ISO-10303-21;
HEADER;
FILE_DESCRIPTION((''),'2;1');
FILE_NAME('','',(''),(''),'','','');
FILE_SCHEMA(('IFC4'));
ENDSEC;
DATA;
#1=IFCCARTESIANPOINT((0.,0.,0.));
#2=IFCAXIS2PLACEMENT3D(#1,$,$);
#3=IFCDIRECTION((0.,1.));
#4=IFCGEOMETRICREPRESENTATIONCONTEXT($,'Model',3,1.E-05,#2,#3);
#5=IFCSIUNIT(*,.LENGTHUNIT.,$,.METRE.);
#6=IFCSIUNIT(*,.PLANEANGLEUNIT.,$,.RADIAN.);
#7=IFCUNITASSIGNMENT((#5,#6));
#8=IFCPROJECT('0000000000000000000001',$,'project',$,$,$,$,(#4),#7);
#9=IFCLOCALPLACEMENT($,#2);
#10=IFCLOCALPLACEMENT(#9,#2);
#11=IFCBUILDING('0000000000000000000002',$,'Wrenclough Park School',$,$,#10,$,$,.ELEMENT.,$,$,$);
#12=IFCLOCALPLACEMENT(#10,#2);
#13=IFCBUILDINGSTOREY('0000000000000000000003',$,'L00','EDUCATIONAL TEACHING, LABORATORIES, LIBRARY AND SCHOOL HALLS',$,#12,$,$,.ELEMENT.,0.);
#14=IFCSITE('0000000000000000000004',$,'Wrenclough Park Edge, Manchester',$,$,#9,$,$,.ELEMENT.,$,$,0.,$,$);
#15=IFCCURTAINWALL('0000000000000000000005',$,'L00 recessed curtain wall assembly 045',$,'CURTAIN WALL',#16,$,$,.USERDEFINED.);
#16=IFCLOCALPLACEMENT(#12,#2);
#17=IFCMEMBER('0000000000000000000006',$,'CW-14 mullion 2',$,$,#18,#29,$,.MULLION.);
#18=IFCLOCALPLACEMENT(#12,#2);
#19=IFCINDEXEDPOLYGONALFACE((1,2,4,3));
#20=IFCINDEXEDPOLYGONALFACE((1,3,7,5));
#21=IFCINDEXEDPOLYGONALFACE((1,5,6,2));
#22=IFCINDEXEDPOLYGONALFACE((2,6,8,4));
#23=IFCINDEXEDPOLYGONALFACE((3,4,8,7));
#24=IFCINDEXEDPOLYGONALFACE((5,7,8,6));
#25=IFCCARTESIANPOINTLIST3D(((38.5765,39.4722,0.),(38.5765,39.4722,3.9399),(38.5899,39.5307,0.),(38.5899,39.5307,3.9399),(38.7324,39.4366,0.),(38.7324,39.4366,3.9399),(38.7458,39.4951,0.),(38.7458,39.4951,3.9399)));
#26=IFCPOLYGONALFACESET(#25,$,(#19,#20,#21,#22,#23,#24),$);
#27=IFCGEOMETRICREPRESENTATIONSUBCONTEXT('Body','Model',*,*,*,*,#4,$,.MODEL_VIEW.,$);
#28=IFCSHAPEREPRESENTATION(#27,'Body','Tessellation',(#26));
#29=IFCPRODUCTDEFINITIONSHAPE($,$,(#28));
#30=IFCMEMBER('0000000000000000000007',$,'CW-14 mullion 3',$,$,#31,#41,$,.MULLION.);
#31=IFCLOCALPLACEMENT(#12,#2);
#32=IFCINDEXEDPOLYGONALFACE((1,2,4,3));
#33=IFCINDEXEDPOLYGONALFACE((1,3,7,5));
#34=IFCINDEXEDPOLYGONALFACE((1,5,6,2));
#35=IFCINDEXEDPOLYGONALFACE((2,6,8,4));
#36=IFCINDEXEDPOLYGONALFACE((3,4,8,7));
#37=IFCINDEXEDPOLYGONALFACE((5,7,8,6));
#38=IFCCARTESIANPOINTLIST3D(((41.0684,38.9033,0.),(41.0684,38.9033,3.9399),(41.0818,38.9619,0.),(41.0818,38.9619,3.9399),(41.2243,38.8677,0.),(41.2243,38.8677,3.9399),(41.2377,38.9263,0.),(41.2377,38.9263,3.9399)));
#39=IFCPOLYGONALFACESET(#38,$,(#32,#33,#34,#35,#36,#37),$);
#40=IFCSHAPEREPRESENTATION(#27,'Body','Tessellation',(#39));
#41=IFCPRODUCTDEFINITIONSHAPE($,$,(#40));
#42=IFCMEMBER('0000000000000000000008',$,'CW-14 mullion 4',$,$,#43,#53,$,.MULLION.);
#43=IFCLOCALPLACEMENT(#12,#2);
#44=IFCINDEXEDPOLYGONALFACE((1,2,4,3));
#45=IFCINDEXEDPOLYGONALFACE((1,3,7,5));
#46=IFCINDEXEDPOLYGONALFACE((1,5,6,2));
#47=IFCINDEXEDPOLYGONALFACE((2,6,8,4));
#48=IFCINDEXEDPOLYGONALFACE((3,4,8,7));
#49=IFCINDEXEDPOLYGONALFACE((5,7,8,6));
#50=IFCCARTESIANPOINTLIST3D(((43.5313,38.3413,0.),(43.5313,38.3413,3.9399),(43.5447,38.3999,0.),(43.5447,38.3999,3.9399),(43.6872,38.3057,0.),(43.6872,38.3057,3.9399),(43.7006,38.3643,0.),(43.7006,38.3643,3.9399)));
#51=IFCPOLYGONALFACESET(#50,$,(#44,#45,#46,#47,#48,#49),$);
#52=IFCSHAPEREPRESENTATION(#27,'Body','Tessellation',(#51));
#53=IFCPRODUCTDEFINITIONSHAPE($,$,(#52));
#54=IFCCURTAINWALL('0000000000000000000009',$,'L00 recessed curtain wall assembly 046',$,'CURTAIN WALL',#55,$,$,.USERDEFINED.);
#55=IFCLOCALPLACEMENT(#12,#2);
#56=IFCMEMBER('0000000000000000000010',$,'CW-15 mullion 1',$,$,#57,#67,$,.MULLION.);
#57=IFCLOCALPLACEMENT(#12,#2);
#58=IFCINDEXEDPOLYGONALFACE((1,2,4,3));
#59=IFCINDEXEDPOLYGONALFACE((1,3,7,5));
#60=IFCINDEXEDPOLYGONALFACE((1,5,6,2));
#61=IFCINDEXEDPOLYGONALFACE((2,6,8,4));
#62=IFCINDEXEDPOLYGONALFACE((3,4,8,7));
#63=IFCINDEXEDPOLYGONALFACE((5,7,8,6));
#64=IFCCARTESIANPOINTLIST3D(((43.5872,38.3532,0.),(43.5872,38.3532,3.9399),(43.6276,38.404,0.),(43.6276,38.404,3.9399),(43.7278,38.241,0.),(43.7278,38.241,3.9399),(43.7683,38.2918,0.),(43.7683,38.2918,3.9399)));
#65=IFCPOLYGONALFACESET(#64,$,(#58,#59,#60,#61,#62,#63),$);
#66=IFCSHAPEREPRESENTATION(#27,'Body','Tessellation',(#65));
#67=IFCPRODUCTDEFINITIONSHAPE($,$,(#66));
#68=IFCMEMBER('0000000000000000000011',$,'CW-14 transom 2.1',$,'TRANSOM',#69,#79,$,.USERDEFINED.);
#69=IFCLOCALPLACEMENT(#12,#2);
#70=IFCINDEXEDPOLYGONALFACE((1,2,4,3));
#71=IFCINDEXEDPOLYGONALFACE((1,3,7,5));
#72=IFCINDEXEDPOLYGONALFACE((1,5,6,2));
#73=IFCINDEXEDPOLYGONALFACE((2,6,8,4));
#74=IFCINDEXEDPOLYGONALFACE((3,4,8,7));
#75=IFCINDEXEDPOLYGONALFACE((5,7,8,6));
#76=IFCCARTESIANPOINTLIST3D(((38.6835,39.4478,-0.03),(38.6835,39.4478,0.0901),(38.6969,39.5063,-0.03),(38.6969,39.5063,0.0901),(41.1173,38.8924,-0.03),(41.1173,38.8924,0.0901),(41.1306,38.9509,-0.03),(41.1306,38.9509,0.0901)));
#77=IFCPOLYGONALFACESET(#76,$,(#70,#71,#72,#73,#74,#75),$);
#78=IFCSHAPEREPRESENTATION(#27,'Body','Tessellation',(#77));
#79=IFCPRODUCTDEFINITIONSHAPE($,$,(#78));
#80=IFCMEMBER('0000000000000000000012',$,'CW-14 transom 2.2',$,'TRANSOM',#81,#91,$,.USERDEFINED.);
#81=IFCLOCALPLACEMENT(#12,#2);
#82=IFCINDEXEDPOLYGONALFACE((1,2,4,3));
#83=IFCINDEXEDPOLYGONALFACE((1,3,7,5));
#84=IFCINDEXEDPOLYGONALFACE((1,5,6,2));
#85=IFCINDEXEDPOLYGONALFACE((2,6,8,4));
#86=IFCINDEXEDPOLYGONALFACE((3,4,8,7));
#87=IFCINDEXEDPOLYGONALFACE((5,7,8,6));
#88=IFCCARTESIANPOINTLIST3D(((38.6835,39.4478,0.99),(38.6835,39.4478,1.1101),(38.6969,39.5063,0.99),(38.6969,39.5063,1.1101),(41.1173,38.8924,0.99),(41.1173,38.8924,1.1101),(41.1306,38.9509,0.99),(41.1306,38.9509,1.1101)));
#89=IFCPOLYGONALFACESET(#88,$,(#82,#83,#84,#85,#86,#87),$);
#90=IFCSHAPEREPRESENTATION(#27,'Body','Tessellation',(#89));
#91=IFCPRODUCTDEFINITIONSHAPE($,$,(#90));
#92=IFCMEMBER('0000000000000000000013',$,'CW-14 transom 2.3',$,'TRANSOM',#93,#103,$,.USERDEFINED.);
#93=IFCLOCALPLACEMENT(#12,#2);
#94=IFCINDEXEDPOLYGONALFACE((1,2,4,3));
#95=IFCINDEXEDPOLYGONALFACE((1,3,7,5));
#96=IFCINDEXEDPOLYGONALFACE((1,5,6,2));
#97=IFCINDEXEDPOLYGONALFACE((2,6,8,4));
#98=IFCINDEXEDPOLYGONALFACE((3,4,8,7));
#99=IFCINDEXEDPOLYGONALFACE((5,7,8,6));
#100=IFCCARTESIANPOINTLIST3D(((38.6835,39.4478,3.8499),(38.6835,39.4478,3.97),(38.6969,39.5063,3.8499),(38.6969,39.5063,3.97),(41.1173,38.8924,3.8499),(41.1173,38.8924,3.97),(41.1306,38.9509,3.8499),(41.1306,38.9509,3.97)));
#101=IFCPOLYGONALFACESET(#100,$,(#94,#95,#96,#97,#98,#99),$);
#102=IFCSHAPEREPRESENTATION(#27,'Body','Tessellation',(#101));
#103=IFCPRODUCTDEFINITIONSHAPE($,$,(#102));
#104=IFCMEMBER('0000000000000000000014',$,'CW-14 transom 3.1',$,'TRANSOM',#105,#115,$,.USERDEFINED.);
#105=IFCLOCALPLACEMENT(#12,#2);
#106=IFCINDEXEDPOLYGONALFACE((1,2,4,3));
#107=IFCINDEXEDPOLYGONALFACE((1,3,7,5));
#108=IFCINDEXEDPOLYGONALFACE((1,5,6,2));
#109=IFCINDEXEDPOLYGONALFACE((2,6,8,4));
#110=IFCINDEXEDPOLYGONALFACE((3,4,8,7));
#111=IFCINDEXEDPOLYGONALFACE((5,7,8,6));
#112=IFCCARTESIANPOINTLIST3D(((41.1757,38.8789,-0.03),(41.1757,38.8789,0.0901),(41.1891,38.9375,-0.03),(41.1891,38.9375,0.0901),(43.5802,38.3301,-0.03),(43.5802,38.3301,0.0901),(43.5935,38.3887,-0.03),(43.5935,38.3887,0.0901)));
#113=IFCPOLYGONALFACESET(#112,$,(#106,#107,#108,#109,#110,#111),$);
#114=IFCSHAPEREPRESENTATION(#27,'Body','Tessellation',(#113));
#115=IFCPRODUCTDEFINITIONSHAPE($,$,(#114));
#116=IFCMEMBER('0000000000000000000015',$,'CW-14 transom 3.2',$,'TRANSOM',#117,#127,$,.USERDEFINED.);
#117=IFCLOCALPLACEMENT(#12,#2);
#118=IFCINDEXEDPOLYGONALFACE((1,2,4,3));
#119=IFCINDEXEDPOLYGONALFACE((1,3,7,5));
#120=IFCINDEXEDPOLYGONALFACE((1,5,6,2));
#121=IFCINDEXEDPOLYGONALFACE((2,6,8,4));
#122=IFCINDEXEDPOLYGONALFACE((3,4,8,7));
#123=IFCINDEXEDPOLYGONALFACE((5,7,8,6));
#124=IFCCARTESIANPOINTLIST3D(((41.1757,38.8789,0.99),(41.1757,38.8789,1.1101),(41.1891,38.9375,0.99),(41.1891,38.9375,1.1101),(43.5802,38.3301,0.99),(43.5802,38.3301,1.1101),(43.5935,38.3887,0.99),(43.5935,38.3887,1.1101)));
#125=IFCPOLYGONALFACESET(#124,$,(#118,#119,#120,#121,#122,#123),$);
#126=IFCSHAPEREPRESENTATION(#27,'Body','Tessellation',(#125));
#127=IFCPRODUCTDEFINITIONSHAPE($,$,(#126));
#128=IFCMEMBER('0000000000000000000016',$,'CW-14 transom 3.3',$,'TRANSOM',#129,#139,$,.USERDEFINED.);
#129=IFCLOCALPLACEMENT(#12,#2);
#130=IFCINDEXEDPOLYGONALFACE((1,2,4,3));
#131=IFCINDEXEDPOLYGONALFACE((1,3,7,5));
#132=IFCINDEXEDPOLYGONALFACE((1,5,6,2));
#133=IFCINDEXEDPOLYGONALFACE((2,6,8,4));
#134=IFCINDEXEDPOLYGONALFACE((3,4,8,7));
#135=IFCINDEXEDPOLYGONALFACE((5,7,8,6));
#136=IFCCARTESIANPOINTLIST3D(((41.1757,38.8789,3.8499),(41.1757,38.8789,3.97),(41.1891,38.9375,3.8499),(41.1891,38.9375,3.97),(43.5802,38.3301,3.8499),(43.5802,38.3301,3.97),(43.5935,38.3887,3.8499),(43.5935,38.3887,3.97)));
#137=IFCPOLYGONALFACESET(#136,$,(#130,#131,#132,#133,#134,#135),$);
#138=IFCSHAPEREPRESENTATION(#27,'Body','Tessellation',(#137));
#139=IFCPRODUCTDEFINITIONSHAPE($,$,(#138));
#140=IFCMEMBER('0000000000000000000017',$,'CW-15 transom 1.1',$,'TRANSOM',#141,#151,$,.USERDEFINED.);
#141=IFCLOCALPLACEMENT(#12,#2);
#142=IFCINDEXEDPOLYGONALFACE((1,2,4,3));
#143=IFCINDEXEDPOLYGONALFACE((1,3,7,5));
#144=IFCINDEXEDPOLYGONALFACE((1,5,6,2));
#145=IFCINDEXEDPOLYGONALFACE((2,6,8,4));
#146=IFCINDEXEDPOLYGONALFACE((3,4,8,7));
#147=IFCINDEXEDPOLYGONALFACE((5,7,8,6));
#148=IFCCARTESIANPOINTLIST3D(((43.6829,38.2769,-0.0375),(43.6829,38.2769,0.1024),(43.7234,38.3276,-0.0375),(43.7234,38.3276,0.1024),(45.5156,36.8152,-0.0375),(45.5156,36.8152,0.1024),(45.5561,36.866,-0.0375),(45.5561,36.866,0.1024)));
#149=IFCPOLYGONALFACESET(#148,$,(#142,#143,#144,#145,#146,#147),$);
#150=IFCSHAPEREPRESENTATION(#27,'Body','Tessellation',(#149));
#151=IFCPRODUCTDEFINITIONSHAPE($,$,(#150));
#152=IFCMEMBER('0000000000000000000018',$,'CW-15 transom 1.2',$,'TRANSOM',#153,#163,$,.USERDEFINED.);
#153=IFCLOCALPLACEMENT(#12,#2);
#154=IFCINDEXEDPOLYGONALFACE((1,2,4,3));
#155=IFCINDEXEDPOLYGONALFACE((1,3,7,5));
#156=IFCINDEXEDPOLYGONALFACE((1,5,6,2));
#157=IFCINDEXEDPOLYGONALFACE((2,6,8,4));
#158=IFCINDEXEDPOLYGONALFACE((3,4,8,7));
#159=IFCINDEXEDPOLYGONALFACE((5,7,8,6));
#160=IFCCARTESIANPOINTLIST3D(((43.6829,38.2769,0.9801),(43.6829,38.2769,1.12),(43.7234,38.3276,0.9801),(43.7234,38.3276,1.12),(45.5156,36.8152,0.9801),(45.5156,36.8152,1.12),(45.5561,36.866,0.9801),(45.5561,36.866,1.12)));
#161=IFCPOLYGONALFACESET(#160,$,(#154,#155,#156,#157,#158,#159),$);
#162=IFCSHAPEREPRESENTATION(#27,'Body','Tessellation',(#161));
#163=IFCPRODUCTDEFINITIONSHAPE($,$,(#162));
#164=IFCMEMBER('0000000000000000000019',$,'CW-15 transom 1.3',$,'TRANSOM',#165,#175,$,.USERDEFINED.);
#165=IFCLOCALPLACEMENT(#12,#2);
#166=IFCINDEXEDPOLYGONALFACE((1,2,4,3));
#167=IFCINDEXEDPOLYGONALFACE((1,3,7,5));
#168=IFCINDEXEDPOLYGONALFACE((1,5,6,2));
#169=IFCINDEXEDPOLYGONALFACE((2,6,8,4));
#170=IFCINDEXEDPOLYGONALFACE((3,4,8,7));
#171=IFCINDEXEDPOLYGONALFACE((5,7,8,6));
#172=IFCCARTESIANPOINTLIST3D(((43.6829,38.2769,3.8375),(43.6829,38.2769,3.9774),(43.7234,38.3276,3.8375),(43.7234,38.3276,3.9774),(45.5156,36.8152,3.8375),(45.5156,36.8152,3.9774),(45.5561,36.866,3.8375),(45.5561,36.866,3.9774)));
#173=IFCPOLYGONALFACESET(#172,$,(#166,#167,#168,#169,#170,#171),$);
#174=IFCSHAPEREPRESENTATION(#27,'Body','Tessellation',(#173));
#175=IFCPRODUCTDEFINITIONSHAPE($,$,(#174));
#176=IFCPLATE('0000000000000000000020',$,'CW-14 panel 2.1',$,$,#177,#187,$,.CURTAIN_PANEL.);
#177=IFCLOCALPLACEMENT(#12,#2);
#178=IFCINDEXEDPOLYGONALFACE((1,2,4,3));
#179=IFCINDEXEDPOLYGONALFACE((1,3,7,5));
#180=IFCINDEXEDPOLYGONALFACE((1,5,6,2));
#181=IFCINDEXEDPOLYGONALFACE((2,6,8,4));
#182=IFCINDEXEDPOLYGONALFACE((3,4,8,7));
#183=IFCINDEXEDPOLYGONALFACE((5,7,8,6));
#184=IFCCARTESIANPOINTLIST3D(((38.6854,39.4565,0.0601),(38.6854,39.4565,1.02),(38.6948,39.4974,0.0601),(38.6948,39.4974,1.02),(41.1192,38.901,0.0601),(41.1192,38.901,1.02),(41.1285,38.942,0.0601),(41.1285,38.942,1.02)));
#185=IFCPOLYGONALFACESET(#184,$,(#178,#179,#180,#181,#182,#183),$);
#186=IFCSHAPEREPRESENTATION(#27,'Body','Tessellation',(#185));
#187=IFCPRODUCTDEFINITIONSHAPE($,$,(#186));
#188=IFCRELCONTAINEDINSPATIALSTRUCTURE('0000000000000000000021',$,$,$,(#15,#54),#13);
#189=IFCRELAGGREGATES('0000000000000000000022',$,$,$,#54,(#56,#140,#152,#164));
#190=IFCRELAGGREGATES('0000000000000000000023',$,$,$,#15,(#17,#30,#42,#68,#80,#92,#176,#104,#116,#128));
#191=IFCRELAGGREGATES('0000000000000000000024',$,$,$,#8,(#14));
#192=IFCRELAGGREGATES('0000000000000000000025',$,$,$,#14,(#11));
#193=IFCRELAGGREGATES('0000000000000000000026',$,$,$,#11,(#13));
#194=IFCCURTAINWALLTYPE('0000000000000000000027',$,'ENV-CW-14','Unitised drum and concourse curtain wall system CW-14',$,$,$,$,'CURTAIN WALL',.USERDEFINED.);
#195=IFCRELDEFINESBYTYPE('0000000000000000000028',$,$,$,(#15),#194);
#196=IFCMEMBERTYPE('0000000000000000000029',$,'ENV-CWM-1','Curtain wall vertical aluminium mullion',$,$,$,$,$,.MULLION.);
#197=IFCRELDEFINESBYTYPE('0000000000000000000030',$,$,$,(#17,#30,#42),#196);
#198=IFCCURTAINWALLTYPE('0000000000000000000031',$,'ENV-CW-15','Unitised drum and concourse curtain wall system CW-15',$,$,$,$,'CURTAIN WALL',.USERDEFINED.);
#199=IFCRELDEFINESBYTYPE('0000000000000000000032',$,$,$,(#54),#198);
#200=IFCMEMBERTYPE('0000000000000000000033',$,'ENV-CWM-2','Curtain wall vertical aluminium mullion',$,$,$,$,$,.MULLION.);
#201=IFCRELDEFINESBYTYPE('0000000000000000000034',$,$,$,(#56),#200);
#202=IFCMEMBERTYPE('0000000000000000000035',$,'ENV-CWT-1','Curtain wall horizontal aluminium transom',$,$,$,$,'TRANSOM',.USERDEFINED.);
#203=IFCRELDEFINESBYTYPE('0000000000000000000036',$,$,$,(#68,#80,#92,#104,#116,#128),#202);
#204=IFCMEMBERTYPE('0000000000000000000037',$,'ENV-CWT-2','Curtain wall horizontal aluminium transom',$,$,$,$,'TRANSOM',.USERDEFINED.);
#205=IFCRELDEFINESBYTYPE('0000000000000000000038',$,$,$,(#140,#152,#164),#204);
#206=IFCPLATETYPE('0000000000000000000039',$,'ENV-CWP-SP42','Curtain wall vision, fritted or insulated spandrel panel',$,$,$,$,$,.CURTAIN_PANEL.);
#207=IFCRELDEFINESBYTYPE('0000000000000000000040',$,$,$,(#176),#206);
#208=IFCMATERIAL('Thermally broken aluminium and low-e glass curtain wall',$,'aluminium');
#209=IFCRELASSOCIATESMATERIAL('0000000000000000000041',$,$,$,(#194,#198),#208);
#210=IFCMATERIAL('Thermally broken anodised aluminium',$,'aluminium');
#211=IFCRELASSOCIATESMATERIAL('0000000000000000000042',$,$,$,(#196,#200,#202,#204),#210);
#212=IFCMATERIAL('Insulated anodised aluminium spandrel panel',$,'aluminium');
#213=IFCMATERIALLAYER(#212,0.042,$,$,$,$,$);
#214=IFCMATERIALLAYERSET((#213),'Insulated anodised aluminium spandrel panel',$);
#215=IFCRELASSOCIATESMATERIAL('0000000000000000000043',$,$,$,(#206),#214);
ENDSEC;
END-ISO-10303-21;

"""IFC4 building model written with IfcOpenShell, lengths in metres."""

from ifc_helpers import new_model, si_unit, direction, frame, origin, origin_2d, place, context, subcontext, project, spatial, rectangle, extrude, material, layer, layer_set, material_profile, profile_set, type_object, element, aggregate, save


model = new_model("IFC4")

# Units and contexts
model_context = context("Model", 3, precision=1e-05, world=origin(), true_north=direction((0.0, 1.0)))
body_context = subcontext(model_context, "Body", "Model", "MODEL_VIEW")
ifc_project = project(units=[si_unit("LENGTHUNIT", "METRE"), si_unit("PLANEANGLEUNIT", "RADIAN")], contexts=[model_context])

# Site, building, storey
site_placement = place(None, origin())
site = spatial("IfcSite", under=ifc_project, at=site_placement, Name="Wrenclough Park Edge, Manchester", CompositionType="ELEMENT", RefElevation=0.0)
building_placement = place(site_placement, origin())
building = spatial("IfcBuilding", under=site, at=building_placement, Name="Wrenclough Park School", CompositionType="ELEMENT")
storey_placement = place(building_placement, origin())
storey = spatial("IfcBuildingStorey", under=building, at=storey_placement, Name="L00", Description="EDUCATIONAL TEACHING, LABORATORIES, LIBRARY AND SCHOOL HALLS", CompositionType="ELEMENT", Elevation=0.0)

# Curtain wall, members
ifc_material_1 = material(Name="Thermally broken aluminium and low-e glass curtain wall", Category="aluminium")
curtain_wall_type_1 = type_object("IfcCurtainWallType", Name="ENV-CW-14", Description="Unitised drum and concourse curtain wall system CW-14", ElementType="CURTAIN WALL", PredefinedType="USERDEFINED", material=ifc_material_1)
curtain_wall_1_placement = place(storey_placement, origin())
curtain_wall_1 = element("IfcCurtainWall", 1, at=curtain_wall_1_placement, inside=storey, type_object=curtain_wall_type_1, Name="L00 recessed curtain wall assembly 045", ObjectType="CURTAIN WALL", PredefinedType="USERDEFINED")
ifc_material_2 = material(Name="Thermally broken anodised aluminium", Category="aluminium")
ifc_material_profile_1 = material_profile(ifc_material_2, rectangle(XDim=0.0601, YDim=0.1599, at=origin_2d()), Name="AL MULLION 60x160")
ifc_profile_set_1 = profile_set([ifc_material_profile_1], Name="Thermally broken anodised aluminium")
member_type_1 = type_object("IfcMemberType", Name="ENV-CWM-1", Description="Curtain wall vertical aluminium mullion", PredefinedType="MULLION", material=ifc_profile_set_1)
member_1_placement = place(storey_placement, frame((38.6611, 39.4836, 0.0), z_axis=(0.0, 0.0, 1.0), x_axis=(0.222516, 0.974929, 0.0)))
member_1 = element("IfcMember", 2, at=member_1_placement, type_object=member_type_1, Name="CW-14 mullion 2", PredefinedType="MULLION", context=body_context, shape_type="SweptSolid", body=[
    extrude(rectangle(XDim=0.0601, YDim=0.1599, at=origin_2d()), origin(), (0.0, 0.0, 1.0), 3.9399),
])
member_2_placement = place(storey_placement, frame((41.1531, 38.9148, 0.0), z_axis=(0.0, 0.0, 1.0), x_axis=(0.222516, 0.974929, 0.0)))
member_2 = element("IfcMember", 3, at=member_2_placement, type_object=member_type_1, Name="CW-14 mullion 3", PredefinedType="MULLION", context=body_context, shape_type="SweptSolid", body=[
    extrude(rectangle(XDim=0.0601, YDim=0.1599, at=origin_2d()), origin(), (0.0, 0.0, 1.0), 3.9399),
])
member_3_placement = place(storey_placement, frame((43.616, 38.3528, 0.0), z_axis=(0.0, 0.0, 1.0), x_axis=(0.222516, 0.974929, 0.0)))
member_3 = element("IfcMember", 4, at=member_3_placement, type_object=member_type_1, Name="CW-14 mullion 4", PredefinedType="MULLION", context=body_context, shape_type="SweptSolid", body=[
    extrude(rectangle(XDim=0.0601, YDim=0.1599, at=origin_2d()), origin(), (0.0, 0.0, 1.0), 3.9399),
])

# Curtain wall, member
curtain_wall_type_2 = type_object("IfcCurtainWallType", Name="ENV-CW-15", Description="Unitised drum and concourse curtain wall system CW-15", ElementType="CURTAIN WALL", PredefinedType="USERDEFINED", material=ifc_material_1)
curtain_wall_2_placement = place(storey_placement, origin())
curtain_wall_2 = element("IfcCurtainWall", 5, at=curtain_wall_2_placement, inside=storey, type_object=curtain_wall_type_2, Name="L00 recessed curtain wall assembly 046", ObjectType="CURTAIN WALL", PredefinedType="USERDEFINED")
ifc_material_profile_2 = material_profile(ifc_material_2, rectangle(XDim=0.0649, YDim=0.1799, at=origin_2d()), Name="AL MULLION 65x180")
ifc_profile_set_2 = profile_set([ifc_material_profile_2], Name="Thermally broken anodised aluminium")
member_type_2 = type_object("IfcMemberType", Name="ENV-CWM-2", Description="Curtain wall vertical aluminium mullion", PredefinedType="MULLION", material=ifc_profile_set_2)
member_4_placement = place(storey_placement, frame((43.6777, 38.3225, 0.0), z_axis=(0.0, 0.0, 1.0), x_axis=(0.623499, 0.781824, 0.0)))
member_4 = element("IfcMember", 6, at=member_4_placement, type_object=member_type_2, Name="CW-15 mullion 1", PredefinedType="MULLION", context=body_context, shape_type="SweptSolid", body=[
    extrude(rectangle(XDim=0.0649, YDim=0.1799, at=origin_2d()), origin(), (0.0, 0.0, 1.0), 3.9399),
])

# Members
ifc_material_profile_3 = material_profile(ifc_material_2, rectangle(XDim=0.0601, YDim=0.1201, at=origin_2d()), Name="AL TRANSOM 60x120")
ifc_profile_set_3 = profile_set([ifc_material_profile_3], Name="Thermally broken anodised aluminium")
member_type_3 = type_object("IfcMemberType", Name="ENV-CWT-1", Description="Curtain wall horizontal aluminium transom", ElementType="TRANSOM", PredefinedType="USERDEFINED", material=ifc_profile_set_3)
member_5_placement = place(storey_placement, frame((38.6902, 39.4771, 0.03), z_axis=(0.974936, -0.222488, 0.0), x_axis=(0.222488, 0.974936, 0.0)))
member_5 = element("IfcMember", 7, at=member_5_placement, type_object=member_type_3, Name="CW-14 transom 2.1", ObjectType="TRANSOM", PredefinedType="USERDEFINED", context=body_context, shape_type="SweptSolid", body=[
    extrude(rectangle(XDim=0.0601, YDim=0.1201, at=origin_2d()), origin(), (0.0, 0.0, 1.0), 2.4963),
])
member_6_placement = place(storey_placement, frame((38.6902, 39.4771, 1.05), z_axis=(0.974936, -0.222488, 0.0), x_axis=(0.222488, 0.974936, 0.0)))
member_6 = element("IfcMember", 8, at=member_6_placement, type_object=member_type_3, Name="CW-14 transom 2.2", ObjectType="TRANSOM", PredefinedType="USERDEFINED", context=body_context, shape_type="SweptSolid", body=[
    extrude(rectangle(XDim=0.0601, YDim=0.1201, at=origin_2d()), origin(), (0.0, 0.0, 1.0), 2.4963),
])
member_7_placement = place(storey_placement, frame((38.6902, 39.4771, 3.9099), z_axis=(0.974936, -0.222488, 0.0), x_axis=(0.222488, 0.974936, 0.0)))
member_7 = element("IfcMember", 9, at=member_7_placement, type_object=member_type_3, Name="CW-14 transom 2.3", ObjectType="TRANSOM", PredefinedType="USERDEFINED", context=body_context, shape_type="SweptSolid", body=[
    extrude(rectangle(XDim=0.0601, YDim=0.1201, at=origin_2d()), origin(), (0.0, 0.0, 1.0), 2.4963),
])
member_8_placement = place(storey_placement, frame((41.1824, 38.9082, 0.03), z_axis=(0.974927, -0.222524, 0.0), x_axis=(0.222524, 0.974927, 0.0)))
member_8 = element("IfcMember", 10, at=member_8_placement, type_object=member_type_3, Name="CW-14 transom 3.1", ObjectType="TRANSOM", PredefinedType="USERDEFINED", context=body_context, shape_type="SweptSolid", body=[
    extrude(rectangle(XDim=0.0601, YDim=0.1201, at=origin_2d()), origin(), (0.0, 0.0, 1.0), 2.4663),
])
member_9_placement = place(storey_placement, frame((41.1824, 38.9082, 1.05), z_axis=(0.974927, -0.222524, 0.0), x_axis=(0.222524, 0.974927, 0.0)))
member_9 = element("IfcMember", 11, at=member_9_placement, type_object=member_type_3, Name="CW-14 transom 3.2", ObjectType="TRANSOM", PredefinedType="USERDEFINED", context=body_context, shape_type="SweptSolid", body=[
    extrude(rectangle(XDim=0.0601, YDim=0.1201, at=origin_2d()), origin(), (0.0, 0.0, 1.0), 2.4663),
])
member_10_placement = place(storey_placement, frame((41.1824, 38.9082, 3.9099), z_axis=(0.974927, -0.222524, 0.0), x_axis=(0.222524, 0.974927, 0.0)))
member_10 = element("IfcMember", 12, at=member_10_placement, type_object=member_type_3, Name="CW-14 transom 3.3", ObjectType="TRANSOM", PredefinedType="USERDEFINED", context=body_context, shape_type="SweptSolid", body=[
    extrude(rectangle(XDim=0.0601, YDim=0.1201, at=origin_2d()), origin(), (0.0, 0.0, 1.0), 2.4663),
])
ifc_material_profile_4 = material_profile(ifc_material_2, rectangle(XDim=0.0649, YDim=0.1399, at=origin_2d()), Name="AL TRANSOM 65x140")
ifc_profile_set_4 = profile_set([ifc_material_profile_4], Name="Thermally broken anodised aluminium")
member_type_4 = type_object("IfcMemberType", Name="ENV-CWT-2", Description="Curtain wall horizontal aluminium transom", ElementType="TRANSOM", PredefinedType="USERDEFINED", material=ifc_profile_set_4)
member_11_placement = place(storey_placement, frame((43.7031, 38.3022, 0.0325), z_axis=(0.781813, -0.623513, 0.0), x_axis=(0.623513, 0.781813, 0.0)))
member_11 = element("IfcMember", 13, at=member_11_placement, type_object=member_type_4, Name="CW-15 transom 1.1", ObjectType="TRANSOM", PredefinedType="USERDEFINED", context=body_context, shape_type="SweptSolid", body=[
    extrude(rectangle(XDim=0.0649, YDim=0.1399, at=origin_2d()), origin(), (0.0, 0.0, 1.0), 2.3442),
])
member_12_placement = place(storey_placement, frame((43.7031, 38.3022, 1.05), z_axis=(0.781813, -0.623513, 0.0), x_axis=(0.623513, 0.781813, 0.0)))
member_12 = element("IfcMember", 14, at=member_12_placement, type_object=member_type_4, Name="CW-15 transom 1.2", ObjectType="TRANSOM", PredefinedType="USERDEFINED", context=body_context, shape_type="SweptSolid", body=[
    extrude(rectangle(XDim=0.0649, YDim=0.1399, at=origin_2d()), origin(), (0.0, 0.0, 1.0), 2.3442),
])
member_13_placement = place(storey_placement, frame((43.7031, 38.3022, 3.9075), z_axis=(0.781813, -0.623513, 0.0), x_axis=(0.623513, 0.781813, 0.0)))
member_13 = element("IfcMember", 15, at=member_13_placement, type_object=member_type_4, Name="CW-15 transom 1.3", ObjectType="TRANSOM", PredefinedType="USERDEFINED", context=body_context, shape_type="SweptSolid", body=[
    extrude(rectangle(XDim=0.0649, YDim=0.1399, at=origin_2d()), origin(), (0.0, 0.0, 1.0), 2.3442),
])
aggregate(curtain_wall_2, [member_4, member_11, member_12, member_13])

# Plate
ifc_material_3 = material(Name="Insulated anodised aluminium spandrel panel", Category="aluminium")
ifc_layer_1 = layer(ifc_material_3, 0.042)
ifc_layer_set_1 = layer_set([ifc_layer_1], Name="Insulated anodised aluminium spandrel panel")
plate_type_1 = type_object("IfcPlateType", Name="ENV-CWP-SP42", Description="Curtain wall vision, fritted or insulated spandrel panel", PredefinedType="CURTAIN_PANEL", material=ifc_layer_set_1)
plate_1_placement = place(storey_placement, frame((39.907, 39.1992, 0.0601), z_axis=(0.0, 0.0, 1.0), x_axis=(0.974929, -0.222516, 0.0)))
plate_1 = element("IfcPlate", 16, at=plate_1_placement, type_object=plate_type_1, Name="CW-14 panel 2.1", PredefinedType="CURTAIN_PANEL", context=body_context, shape_type="SweptSolid", body=[
    extrude(rectangle(XDim=2.4963, YDim=0.042, at=origin_2d()), origin(), (0.0, 0.0, 1.0), 0.96),
])
aggregate(curtain_wall_1, [member_1, member_2, member_3, member_5, member_6, member_7, plate_1, member_8, member_9, member_10])

save(model, "model.ifc")
